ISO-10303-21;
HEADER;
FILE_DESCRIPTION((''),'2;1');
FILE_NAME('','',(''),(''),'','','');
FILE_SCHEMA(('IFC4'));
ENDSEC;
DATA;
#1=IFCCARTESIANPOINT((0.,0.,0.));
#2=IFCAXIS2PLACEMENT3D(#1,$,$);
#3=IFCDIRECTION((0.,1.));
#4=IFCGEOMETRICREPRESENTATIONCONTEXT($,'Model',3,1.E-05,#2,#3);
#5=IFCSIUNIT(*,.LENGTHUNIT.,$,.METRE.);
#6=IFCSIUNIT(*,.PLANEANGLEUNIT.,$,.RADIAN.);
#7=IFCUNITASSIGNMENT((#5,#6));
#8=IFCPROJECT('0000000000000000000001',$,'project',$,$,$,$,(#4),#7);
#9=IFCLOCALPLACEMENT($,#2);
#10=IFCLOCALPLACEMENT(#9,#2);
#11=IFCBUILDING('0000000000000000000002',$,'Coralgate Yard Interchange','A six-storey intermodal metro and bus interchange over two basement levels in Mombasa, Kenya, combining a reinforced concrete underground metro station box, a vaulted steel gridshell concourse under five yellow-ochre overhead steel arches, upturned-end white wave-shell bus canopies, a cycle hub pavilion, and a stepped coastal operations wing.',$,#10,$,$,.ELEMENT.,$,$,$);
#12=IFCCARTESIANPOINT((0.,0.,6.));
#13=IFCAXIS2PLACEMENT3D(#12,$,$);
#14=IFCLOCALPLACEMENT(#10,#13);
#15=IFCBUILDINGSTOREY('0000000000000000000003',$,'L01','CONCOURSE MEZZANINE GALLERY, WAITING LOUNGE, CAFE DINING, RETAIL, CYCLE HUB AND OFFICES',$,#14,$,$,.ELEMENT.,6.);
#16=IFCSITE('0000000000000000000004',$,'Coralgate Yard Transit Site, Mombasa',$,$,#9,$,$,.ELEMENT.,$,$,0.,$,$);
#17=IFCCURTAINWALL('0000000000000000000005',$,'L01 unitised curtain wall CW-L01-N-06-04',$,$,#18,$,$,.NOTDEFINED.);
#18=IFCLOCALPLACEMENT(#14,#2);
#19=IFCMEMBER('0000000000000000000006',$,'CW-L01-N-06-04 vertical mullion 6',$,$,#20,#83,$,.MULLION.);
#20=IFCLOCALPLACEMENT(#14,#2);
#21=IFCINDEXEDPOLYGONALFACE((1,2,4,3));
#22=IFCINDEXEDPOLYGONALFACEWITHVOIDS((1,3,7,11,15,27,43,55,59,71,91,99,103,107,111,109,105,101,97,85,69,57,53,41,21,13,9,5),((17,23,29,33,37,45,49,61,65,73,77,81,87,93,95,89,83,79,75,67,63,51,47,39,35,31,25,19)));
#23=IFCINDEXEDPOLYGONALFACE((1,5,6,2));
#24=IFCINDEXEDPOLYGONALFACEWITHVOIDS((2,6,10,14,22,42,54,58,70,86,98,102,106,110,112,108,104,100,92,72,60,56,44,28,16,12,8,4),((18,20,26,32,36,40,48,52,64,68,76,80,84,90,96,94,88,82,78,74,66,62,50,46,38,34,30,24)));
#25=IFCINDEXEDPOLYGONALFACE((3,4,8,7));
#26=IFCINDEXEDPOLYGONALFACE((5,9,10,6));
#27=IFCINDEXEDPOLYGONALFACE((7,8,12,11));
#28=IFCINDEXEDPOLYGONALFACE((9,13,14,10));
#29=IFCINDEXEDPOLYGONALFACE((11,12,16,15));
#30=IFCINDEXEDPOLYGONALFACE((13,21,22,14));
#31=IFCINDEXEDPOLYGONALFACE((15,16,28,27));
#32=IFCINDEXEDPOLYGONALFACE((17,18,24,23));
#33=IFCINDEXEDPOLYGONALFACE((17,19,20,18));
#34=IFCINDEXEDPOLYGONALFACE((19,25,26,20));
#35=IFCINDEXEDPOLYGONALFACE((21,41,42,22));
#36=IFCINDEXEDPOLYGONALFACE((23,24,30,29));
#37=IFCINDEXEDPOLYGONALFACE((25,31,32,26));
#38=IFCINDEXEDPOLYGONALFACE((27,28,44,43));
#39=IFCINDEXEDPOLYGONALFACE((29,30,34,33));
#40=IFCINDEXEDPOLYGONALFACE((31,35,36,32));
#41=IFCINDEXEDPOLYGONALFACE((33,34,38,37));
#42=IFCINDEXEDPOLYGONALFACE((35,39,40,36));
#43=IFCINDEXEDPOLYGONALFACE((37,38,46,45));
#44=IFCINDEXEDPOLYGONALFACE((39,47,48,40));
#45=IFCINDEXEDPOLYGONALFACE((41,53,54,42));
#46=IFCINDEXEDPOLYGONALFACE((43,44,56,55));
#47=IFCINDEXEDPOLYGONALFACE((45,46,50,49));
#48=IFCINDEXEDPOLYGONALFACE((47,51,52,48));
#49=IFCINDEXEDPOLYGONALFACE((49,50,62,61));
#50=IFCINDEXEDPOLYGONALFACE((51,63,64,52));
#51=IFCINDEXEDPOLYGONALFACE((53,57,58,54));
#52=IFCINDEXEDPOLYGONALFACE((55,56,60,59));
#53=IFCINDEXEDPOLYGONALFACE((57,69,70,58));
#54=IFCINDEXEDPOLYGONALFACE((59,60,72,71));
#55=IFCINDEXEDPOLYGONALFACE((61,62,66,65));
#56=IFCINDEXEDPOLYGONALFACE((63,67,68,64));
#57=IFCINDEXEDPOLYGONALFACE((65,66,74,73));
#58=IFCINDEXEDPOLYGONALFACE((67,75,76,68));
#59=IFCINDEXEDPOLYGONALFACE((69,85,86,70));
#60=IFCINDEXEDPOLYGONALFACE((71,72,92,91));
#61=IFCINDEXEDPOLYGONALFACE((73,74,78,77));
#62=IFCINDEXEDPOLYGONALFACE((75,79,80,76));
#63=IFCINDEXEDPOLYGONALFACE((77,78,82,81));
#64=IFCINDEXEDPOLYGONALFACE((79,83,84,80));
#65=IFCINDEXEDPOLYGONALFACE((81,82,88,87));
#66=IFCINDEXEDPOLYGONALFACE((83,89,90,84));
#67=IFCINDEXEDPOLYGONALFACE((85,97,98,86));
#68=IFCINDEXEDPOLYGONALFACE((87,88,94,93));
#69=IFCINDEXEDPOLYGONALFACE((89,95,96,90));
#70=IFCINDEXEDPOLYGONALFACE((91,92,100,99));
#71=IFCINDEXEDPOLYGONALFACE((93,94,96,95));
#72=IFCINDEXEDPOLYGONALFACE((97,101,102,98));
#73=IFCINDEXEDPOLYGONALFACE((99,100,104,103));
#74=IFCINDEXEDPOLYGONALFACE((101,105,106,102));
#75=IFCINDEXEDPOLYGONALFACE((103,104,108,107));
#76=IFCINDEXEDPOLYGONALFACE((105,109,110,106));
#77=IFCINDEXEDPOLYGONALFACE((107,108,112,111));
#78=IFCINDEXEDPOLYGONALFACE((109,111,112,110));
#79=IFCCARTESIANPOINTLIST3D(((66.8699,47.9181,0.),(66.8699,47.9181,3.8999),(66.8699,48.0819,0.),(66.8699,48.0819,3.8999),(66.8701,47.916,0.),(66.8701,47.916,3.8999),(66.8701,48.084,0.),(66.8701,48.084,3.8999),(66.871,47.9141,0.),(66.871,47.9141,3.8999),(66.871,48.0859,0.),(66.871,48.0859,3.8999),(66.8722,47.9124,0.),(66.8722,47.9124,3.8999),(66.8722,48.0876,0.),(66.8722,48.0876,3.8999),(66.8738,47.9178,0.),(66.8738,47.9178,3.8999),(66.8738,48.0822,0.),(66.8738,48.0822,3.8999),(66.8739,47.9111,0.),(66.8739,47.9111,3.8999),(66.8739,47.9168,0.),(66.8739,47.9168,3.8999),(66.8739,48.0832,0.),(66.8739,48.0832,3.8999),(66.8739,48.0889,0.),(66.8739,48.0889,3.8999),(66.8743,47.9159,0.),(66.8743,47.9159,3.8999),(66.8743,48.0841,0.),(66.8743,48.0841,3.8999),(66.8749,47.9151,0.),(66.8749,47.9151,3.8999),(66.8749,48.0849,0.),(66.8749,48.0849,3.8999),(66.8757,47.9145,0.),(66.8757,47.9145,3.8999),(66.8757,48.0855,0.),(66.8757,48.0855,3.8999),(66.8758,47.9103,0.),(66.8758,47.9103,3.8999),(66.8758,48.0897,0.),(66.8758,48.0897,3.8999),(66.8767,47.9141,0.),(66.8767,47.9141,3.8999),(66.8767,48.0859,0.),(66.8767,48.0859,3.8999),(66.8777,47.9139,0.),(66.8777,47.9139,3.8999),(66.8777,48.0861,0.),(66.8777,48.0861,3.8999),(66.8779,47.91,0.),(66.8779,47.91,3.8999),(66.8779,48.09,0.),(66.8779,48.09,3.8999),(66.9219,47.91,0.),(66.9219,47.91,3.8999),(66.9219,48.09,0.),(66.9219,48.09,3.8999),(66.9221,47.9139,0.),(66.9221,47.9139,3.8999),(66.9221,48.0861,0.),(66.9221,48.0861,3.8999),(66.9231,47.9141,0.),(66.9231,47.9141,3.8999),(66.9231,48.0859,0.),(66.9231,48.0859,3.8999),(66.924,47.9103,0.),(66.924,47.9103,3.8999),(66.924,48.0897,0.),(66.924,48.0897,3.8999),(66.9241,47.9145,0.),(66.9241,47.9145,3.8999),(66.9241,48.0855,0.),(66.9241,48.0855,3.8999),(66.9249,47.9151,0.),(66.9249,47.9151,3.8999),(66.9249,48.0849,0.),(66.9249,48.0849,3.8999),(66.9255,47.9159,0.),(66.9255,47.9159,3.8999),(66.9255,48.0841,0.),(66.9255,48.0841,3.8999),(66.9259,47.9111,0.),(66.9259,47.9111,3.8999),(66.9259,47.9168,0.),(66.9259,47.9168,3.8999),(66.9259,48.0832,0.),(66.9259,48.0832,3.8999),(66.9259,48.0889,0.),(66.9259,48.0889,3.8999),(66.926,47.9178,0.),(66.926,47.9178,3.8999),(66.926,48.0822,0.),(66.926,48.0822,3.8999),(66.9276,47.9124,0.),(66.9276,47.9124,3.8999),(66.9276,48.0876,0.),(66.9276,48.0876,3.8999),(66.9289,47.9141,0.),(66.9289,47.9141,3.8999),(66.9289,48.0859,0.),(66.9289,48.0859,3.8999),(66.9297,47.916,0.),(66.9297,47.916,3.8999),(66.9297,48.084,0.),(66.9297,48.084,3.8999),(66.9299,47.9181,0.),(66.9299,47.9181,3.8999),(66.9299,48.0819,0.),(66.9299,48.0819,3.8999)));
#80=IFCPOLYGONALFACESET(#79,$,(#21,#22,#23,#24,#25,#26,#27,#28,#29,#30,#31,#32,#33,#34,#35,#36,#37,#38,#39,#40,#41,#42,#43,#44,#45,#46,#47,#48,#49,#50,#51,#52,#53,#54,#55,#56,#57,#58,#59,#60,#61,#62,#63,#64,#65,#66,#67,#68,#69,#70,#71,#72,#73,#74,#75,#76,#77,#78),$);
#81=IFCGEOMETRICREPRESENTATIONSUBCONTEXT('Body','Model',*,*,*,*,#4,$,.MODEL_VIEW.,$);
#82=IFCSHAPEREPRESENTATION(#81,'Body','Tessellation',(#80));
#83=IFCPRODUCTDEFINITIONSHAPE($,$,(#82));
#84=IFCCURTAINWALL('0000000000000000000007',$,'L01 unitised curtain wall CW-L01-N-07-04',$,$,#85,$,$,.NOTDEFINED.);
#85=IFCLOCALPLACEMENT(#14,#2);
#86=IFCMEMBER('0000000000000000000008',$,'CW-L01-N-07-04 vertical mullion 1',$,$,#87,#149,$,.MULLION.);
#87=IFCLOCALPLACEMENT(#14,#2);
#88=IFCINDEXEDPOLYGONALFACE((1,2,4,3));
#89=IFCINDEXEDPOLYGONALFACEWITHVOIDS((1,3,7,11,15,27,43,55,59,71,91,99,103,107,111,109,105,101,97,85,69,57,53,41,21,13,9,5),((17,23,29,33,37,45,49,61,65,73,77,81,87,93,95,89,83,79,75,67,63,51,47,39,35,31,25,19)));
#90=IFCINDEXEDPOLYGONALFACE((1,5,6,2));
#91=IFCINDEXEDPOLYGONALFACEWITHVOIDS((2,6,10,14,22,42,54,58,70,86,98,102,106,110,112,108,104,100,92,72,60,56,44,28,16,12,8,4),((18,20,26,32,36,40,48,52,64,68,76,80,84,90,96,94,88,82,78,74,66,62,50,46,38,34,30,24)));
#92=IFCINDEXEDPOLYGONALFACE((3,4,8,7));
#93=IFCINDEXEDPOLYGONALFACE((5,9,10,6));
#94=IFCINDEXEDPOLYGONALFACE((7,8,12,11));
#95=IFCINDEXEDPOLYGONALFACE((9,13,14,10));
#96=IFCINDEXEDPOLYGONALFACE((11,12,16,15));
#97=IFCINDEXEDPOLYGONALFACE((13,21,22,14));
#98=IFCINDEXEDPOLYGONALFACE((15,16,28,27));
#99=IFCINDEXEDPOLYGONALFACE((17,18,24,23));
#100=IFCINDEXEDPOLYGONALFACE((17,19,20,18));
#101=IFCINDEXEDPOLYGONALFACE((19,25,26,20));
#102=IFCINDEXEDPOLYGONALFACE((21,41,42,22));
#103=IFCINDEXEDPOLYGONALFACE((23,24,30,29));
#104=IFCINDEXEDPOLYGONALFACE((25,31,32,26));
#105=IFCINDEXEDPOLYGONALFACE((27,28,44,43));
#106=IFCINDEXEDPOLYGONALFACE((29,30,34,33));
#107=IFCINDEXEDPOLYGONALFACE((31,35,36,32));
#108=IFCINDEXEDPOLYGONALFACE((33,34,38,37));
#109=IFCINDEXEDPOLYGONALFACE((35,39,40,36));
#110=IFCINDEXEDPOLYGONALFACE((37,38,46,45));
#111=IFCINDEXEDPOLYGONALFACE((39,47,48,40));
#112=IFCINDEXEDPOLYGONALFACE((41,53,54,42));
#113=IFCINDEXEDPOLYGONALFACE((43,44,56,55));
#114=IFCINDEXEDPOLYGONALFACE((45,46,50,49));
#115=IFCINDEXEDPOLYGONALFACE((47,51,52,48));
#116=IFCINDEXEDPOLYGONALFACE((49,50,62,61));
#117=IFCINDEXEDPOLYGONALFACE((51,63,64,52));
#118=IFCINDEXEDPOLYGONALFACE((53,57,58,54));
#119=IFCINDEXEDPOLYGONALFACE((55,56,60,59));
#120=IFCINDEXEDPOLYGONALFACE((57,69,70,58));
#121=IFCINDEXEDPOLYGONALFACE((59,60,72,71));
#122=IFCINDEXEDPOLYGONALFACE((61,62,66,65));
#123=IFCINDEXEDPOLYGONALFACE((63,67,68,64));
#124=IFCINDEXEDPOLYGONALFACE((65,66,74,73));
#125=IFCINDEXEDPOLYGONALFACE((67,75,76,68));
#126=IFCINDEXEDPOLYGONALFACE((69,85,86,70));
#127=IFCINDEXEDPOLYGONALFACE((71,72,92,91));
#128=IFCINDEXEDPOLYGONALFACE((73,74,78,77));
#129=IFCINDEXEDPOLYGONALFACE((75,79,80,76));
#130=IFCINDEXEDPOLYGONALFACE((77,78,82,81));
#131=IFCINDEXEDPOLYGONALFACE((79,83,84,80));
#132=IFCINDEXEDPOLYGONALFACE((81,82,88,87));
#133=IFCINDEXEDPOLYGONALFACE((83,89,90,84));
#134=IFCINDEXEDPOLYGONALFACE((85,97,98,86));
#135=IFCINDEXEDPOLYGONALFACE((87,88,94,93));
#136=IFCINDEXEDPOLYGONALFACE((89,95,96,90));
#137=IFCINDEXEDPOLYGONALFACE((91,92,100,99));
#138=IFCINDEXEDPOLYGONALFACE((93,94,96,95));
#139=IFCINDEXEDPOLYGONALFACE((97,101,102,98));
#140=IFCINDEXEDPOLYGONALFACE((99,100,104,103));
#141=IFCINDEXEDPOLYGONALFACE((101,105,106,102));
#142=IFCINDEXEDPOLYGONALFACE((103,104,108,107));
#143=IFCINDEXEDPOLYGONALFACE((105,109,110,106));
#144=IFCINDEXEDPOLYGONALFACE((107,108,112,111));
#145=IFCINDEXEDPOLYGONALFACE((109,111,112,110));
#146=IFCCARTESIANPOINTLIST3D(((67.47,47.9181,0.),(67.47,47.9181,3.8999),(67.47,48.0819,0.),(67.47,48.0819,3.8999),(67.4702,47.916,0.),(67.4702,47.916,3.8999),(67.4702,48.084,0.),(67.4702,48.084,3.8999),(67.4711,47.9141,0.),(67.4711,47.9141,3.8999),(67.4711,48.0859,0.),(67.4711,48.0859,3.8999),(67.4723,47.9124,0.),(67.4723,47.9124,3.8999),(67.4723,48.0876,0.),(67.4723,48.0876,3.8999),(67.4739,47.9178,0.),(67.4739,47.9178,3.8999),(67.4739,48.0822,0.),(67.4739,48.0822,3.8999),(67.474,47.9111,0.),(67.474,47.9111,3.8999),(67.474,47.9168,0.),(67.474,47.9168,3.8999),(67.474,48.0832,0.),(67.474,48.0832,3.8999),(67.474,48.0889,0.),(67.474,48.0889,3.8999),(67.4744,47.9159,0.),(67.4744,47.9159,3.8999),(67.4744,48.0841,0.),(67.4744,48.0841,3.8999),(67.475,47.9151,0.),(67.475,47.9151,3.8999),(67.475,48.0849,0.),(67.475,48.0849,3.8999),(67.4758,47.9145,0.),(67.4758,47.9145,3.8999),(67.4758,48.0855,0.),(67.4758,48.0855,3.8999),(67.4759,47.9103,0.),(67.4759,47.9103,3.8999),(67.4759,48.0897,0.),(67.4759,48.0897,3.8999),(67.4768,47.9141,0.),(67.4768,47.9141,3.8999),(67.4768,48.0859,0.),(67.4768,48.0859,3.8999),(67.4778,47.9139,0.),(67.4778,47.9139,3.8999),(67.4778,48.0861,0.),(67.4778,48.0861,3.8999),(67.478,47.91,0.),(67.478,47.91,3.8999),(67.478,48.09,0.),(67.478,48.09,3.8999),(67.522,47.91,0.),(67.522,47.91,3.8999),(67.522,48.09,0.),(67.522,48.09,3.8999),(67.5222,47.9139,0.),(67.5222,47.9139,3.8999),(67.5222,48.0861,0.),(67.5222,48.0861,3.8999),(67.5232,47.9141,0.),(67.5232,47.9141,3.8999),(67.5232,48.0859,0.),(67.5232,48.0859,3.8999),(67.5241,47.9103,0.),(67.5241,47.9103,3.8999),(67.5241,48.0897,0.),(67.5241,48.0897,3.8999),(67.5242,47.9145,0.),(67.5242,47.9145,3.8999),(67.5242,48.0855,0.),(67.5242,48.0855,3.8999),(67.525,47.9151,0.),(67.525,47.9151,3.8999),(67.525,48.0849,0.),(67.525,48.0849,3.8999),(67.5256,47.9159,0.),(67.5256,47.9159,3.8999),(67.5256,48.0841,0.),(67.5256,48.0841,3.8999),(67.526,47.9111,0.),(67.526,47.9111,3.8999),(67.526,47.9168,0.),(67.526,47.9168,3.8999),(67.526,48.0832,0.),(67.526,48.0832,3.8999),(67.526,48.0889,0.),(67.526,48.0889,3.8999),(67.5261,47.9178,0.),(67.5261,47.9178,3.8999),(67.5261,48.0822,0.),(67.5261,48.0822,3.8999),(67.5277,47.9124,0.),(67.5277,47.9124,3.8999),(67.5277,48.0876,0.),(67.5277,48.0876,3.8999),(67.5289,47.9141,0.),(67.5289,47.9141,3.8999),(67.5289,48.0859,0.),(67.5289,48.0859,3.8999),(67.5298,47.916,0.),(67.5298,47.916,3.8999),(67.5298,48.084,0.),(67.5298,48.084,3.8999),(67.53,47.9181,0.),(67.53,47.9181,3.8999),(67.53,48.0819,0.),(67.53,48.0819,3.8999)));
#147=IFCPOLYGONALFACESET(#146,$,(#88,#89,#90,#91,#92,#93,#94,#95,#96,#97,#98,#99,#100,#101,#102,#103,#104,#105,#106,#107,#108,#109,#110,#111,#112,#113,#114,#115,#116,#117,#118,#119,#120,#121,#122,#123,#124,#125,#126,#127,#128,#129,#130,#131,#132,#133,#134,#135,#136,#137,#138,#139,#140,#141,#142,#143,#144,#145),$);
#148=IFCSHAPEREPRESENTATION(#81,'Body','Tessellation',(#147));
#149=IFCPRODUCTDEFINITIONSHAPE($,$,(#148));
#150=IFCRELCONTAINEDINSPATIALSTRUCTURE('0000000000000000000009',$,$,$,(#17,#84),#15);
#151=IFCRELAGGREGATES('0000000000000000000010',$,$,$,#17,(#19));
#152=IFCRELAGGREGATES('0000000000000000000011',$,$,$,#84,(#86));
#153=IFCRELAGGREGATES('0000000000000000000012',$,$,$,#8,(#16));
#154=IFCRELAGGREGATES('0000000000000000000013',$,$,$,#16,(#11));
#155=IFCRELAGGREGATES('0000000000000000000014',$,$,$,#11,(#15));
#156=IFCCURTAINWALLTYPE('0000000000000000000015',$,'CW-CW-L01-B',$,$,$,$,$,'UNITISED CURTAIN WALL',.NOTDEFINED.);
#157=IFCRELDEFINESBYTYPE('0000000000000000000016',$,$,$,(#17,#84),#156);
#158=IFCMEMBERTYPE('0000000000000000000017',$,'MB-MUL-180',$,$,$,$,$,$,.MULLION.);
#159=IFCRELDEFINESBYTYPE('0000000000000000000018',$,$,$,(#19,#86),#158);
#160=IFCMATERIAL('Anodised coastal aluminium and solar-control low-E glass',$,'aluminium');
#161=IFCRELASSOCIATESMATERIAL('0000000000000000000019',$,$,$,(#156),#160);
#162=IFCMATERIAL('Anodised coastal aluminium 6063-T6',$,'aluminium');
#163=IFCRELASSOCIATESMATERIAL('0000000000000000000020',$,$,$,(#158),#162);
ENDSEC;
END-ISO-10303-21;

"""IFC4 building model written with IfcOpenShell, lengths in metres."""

from ifc_helpers import new_model, si_unit, direction, frame, origin, origin_2d, place, context, subcontext, project, spatial, hollow_rectangle, extrude, material, material_profile, profile_set, type_object, element, aggregate, save


model = new_model("IFC4")

# Units and contexts
model_context = context("Model", 3, precision=1e-05, world=origin(), true_north=direction((0.0, 1.0)))
body_context = subcontext(model_context, "Body", "Model", "MODEL_VIEW")
ifc_project = project(units=[si_unit("LENGTHUNIT", "METRE"), si_unit("PLANEANGLEUNIT", "RADIAN")], contexts=[model_context])

# Site, building, storey
site_placement = place(None, origin())
site = spatial("IfcSite", under=ifc_project, at=site_placement, Name="Coralgate Yard Transit Site, Mombasa", CompositionType="ELEMENT", RefElevation=0.0)
building_placement = place(site_placement, origin())
building = spatial("IfcBuilding", under=site, at=building_placement, Name="Coralgate Yard Interchange", Description="A six-storey intermodal metro and bus interchange over two basement levels in Mombasa, Kenya, combining a reinforced concrete underground metro station box, a vaulted steel gridshell concourse under five yellow-ochre overhead steel arches, upturned-end white wave-shell bus canopies, a cycle hub pavilion, and a stepped coastal operations wing.", CompositionType="ELEMENT")
storey_placement = place(building_placement, frame((0.0, 0.0, 6.0)))
storey = spatial("IfcBuildingStorey", under=building, at=storey_placement, Name="L01", Description="CONCOURSE MEZZANINE GALLERY, WAITING LOUNGE, CAFE DINING, RETAIL, CYCLE HUB AND OFFICES", CompositionType="ELEMENT", Elevation=6.0)

# Curtain walls, members
ifc_material_1 = material(Name="Anodised coastal aluminium and solar-control low-E glass", Category="aluminium")
curtain_wall_type = type_object("IfcCurtainWallType", Name="CW-CW-L01-B", ElementType="UNITISED CURTAIN WALL", PredefinedType="NOTDEFINED", material=ifc_material_1)
curtain_wall_1_placement = place(storey_placement, origin())
curtain_wall_1 = element("IfcCurtainWall", 1, at=curtain_wall_1_placement, inside=storey, type_object=curtain_wall_type, Name="L01 unitised curtain wall CW-L01-N-06-04", PredefinedType="NOTDEFINED")
ifc_material_2 = material(Name="Anodised coastal aluminium 6063-T6", Category="aluminium")
ifc_material_profile_1 = material_profile(ifc_material_2, hollow_rectangle(XDim=0.0601, YDim=0.1799, WallThickness=0.0039, InnerFilletRadius=0.0039, OuterFilletRadius=0.0081, at=origin_2d()), Name="ALU 60x180x4")
ifc_profile_set_1 = profile_set([ifc_material_profile_1], Name="Anodised coastal aluminium 6063-T6")
member_type_1 = type_object("IfcMemberType", Name="MB-MUL-180", PredefinedType="MULLION", material=ifc_profile_set_1)
member_1_placement = place(storey_placement, frame((66.8999, 48.0, 0.0), z_axis=(0.0, 0.0, 1.0), x_axis=(1.0, 0.0, 0.0)))
member_1 = element("IfcMember", 2, at=member_1_placement, type_object=member_type_1, Name="CW-L01-N-06-04 vertical mullion 6", PredefinedType="MULLION", context=body_context, shape_type="SweptSolid", body=[
    extrude(hollow_rectangle(XDim=0.0601, YDim=0.1799, WallThickness=0.0039, InnerFilletRadius=0.0039, OuterFilletRadius=0.0081, at=origin_2d()), origin(), (0.0, 0.0, 1.0), 3.8999),
])
curtain_wall_2_placement = place(storey_placement, origin())
curtain_wall_2 = element("IfcCurtainWall", 3, at=curtain_wall_2_placement, inside=storey, type_object=curtain_wall_type, Name="L01 unitised curtain wall CW-L01-N-07-04", PredefinedType="NOTDEFINED")
member_2_placement = place(storey_placement, frame((67.5, 48.0, 0.0), z_axis=(0.0, 0.0, 1.0), x_axis=(1.0, 0.0, 0.0)))
member_2 = element("IfcMember", 4, at=member_2_placement, type_object=member_type_1, Name="CW-L01-N-07-04 vertical mullion 1", PredefinedType="MULLION", context=body_context, shape_type="SweptSolid", body=[
    extrude(hollow_rectangle(XDim=0.0601, YDim=0.1799, WallThickness=0.0039, InnerFilletRadius=0.0039, OuterFilletRadius=0.0081, at=origin_2d()), origin(), (0.0, 0.0, 1.0), 3.8999),
])

aggregate(curtain_wall_1, [member_1])
aggregate(curtain_wall_2, [member_2])

save(model, "model.ifc")
